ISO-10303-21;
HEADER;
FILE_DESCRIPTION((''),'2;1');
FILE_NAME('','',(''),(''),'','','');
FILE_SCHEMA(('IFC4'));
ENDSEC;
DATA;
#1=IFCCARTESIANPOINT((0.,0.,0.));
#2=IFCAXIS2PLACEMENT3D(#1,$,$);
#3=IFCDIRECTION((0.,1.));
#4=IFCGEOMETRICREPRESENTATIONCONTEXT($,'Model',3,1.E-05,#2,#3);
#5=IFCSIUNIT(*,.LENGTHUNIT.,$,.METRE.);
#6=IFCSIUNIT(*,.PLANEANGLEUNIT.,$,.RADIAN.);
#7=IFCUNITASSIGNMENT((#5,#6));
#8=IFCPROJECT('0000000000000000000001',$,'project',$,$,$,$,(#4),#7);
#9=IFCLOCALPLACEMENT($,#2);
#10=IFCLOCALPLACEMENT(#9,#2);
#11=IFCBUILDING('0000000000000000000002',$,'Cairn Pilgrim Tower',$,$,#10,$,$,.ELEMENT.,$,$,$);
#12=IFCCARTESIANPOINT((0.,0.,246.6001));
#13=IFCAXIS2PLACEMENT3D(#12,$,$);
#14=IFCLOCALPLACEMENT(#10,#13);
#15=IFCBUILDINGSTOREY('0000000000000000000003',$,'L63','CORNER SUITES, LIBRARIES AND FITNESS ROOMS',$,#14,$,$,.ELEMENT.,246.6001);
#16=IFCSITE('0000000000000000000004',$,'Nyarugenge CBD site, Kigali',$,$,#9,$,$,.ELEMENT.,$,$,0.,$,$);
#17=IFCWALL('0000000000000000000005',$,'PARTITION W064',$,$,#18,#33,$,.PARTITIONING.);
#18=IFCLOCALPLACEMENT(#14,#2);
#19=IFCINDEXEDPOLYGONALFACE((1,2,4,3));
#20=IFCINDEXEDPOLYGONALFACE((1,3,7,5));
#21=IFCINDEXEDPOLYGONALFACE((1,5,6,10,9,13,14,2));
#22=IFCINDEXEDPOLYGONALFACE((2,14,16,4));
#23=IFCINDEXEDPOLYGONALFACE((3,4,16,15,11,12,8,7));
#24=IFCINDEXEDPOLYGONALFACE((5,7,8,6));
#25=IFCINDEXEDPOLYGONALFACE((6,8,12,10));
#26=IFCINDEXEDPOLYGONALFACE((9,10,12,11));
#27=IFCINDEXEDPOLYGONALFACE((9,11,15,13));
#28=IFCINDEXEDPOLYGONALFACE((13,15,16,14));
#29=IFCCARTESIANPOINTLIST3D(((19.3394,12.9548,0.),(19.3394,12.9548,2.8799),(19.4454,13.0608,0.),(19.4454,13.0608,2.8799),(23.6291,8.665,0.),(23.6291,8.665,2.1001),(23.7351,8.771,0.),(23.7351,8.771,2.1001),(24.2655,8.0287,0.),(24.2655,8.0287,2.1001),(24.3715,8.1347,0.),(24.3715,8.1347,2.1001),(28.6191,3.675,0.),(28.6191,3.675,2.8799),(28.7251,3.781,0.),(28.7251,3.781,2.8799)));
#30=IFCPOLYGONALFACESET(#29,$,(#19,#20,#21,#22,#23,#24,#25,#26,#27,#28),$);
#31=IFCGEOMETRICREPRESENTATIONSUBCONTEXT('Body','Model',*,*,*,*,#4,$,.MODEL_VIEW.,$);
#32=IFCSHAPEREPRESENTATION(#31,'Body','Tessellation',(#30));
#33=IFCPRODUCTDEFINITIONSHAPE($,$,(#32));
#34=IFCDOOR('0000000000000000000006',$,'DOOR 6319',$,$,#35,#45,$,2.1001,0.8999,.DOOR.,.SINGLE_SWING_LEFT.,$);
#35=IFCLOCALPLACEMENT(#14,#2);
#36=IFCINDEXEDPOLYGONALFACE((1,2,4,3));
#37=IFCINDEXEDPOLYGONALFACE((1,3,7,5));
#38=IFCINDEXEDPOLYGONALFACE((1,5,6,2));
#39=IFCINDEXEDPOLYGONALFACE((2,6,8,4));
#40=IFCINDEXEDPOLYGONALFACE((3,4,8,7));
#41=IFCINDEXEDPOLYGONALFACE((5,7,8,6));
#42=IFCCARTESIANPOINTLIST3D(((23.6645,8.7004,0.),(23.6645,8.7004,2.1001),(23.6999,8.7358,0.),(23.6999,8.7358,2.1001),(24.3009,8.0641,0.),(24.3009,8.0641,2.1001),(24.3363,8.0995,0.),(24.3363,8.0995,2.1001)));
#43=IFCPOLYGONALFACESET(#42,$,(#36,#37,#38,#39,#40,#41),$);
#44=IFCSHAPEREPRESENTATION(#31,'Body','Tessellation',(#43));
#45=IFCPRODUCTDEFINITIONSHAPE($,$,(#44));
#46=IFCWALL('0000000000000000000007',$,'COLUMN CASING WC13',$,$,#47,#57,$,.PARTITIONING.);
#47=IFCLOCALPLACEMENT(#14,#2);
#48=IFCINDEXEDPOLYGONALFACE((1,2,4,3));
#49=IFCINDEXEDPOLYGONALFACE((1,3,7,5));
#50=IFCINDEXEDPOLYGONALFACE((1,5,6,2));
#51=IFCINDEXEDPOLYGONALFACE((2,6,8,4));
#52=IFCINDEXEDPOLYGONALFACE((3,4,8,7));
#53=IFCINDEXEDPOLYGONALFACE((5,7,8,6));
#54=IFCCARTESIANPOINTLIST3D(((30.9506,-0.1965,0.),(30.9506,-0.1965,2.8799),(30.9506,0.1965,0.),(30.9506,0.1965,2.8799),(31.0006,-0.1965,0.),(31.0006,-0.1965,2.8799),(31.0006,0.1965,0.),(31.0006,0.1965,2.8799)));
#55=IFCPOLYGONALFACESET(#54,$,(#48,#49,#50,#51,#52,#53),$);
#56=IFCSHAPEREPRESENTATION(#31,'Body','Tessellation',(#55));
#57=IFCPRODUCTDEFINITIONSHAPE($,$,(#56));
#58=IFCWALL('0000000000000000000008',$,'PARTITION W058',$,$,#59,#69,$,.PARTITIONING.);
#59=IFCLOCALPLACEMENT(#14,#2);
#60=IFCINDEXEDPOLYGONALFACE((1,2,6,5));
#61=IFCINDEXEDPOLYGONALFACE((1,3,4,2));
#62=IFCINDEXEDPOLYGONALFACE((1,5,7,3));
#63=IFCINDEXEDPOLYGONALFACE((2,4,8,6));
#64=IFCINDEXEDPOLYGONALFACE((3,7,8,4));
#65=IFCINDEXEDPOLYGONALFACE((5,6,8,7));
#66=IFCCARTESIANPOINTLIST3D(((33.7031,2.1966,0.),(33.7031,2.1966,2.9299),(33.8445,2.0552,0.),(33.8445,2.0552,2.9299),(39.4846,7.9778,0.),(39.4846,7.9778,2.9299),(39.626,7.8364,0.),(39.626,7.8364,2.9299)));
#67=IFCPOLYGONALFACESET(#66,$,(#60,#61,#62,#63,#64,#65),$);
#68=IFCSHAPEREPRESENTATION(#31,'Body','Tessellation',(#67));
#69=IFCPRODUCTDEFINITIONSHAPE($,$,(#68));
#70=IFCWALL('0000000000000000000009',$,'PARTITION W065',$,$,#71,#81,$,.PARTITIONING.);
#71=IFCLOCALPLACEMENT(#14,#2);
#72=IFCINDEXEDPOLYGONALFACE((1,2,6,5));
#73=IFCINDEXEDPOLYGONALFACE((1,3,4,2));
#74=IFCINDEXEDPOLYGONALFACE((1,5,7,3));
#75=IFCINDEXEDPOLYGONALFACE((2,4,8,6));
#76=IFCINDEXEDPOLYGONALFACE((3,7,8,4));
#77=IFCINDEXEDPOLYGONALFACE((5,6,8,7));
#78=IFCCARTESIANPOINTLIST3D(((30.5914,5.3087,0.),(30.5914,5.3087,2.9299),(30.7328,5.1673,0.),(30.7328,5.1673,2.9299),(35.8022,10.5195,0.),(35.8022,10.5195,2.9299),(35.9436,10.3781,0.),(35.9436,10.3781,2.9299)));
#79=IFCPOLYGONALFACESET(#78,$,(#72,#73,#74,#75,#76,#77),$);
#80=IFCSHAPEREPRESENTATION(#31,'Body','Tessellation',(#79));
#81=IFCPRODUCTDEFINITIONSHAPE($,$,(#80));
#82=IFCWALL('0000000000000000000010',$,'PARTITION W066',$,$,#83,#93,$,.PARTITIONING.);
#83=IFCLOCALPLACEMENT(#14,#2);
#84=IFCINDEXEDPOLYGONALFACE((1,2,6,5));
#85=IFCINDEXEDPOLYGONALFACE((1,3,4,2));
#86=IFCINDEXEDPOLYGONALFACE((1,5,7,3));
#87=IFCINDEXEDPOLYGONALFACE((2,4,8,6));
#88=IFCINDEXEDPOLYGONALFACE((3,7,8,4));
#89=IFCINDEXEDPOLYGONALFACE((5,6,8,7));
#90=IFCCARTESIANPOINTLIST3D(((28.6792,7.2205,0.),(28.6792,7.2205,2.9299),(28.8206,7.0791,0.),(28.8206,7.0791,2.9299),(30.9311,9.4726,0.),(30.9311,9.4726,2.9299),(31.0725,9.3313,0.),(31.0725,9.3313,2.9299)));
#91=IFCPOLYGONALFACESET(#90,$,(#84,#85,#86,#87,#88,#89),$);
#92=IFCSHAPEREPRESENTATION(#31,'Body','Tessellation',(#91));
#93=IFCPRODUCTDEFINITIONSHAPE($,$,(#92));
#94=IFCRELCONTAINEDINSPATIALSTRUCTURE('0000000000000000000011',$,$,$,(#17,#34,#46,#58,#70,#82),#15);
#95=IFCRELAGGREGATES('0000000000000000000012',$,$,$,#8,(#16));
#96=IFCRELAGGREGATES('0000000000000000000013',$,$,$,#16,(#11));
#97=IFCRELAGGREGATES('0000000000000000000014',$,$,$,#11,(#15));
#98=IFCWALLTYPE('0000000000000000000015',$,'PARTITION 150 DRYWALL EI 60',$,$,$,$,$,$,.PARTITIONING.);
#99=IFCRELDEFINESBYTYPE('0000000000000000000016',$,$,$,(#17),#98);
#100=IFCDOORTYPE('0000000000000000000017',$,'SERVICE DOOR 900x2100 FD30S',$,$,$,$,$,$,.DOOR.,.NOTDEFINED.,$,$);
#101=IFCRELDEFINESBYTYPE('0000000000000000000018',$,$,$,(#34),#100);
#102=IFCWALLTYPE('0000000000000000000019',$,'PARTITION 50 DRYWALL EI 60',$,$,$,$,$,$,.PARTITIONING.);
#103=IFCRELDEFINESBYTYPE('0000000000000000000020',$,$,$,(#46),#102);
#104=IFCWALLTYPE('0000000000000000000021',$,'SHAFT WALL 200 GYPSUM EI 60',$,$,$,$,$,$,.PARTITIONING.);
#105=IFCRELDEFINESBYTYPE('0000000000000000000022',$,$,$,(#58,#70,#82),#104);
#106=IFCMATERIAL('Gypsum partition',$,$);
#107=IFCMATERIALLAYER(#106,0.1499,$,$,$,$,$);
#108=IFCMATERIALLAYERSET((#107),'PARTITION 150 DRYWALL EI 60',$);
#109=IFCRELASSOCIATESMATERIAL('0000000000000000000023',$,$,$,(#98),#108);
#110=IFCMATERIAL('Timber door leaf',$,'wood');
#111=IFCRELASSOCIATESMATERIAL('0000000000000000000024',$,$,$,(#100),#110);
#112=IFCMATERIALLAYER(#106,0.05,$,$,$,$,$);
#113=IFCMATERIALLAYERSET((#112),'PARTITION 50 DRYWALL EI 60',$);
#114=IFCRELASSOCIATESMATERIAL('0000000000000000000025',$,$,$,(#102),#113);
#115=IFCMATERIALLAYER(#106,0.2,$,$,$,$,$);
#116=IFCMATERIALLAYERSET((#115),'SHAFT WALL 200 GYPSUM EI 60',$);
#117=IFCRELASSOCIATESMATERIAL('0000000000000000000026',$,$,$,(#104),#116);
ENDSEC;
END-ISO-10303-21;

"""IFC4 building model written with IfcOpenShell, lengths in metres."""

from ifc_helpers import new_model, si_unit, direction, frame, frame_2d, origin, place, context, subcontext, project, spatial, rectangle, extrude, material, layer, layer_set, type_object, element, fill, save


model = new_model("IFC4")

# Units and contexts
model_context = context("Model", 3, precision=1e-05, world=origin(), true_north=direction((0.0, 1.0)))
body_context = subcontext(model_context, "Body", "Model", "MODEL_VIEW")
ifc_project = project(units=[si_unit("LENGTHUNIT", "METRE"), si_unit("PLANEANGLEUNIT", "RADIAN")], contexts=[model_context])

# Site, building, storey
site_placement = place(None, origin())
site = spatial("IfcSite", under=ifc_project, at=site_placement, Name="Nyarugenge CBD site, Kigali", CompositionType="ELEMENT", RefElevation=0.0)
building_placement = place(site_placement, origin())
building = spatial("IfcBuilding", under=site, at=building_placement, Name="Cairn Pilgrim Tower", CompositionType="ELEMENT")
storey_placement = place(building_placement, frame((0.0, 0.0, 246.6001)))
storey = spatial("IfcBuildingStorey", under=building, at=storey_placement, Name="L63", Description="CORNER SUITES, LIBRARIES AND FITNESS ROOMS", CompositionType="ELEMENT", Elevation=246.6001)

# Shared definitions
ifc_material_1 = material(Name="Gypsum partition")
ifc_material_2 = material(Name="Timber door leaf", Category="wood")

# Shared definitions
ifc_layer_1 = layer(ifc_material_1, 0.1499)
ifc_layer_set_1 = layer_set([ifc_layer_1], Name="PARTITION 150 DRYWALL EI 60")
wall_type_1 = type_object("IfcWallType", Name="PARTITION 150 DRYWALL EI 60", PredefinedType="PARTITIONING", material=ifc_layer_set_1)

# Shared definitions
door_type_1 = type_object("IfcDoorType", Name="SERVICE DOOR 900x2100 FD30S", OperationType="NOTDEFINED", PredefinedType="DOOR", material=ifc_material_2)

# Wall, opening, door
wall_1_placement = place(storey_placement, frame((28.6721, 3.728, 0.0), z_axis=(0.0, 0.0, 1.0), x_axis=(-0.707107, 0.707107, 0.0)))
wall_1 = element("IfcWall", 1, at=wall_1_placement, inside=storey, type_object=wall_type_1, Name="PARTITION W064", PredefinedType="PARTITIONING", context=body_context, shape_type="SweptSolid", body=[
    extrude(rectangle(XDim=13.1235, YDim=0.1499, at=frame_2d((6.5618, 0.0))), origin(), (0.0, 0.0, 1.0), 2.8799),
])
opening_1_placement = place(wall_1_placement, frame((6.157, 0.0, 0.0)))
opening_1 = element("IfcOpeningElement", 2, at=opening_1_placement, cuts=wall_1, PredefinedType="OPENING", context=body_context, shape_type="SweptSolid", body=[
    extrude(rectangle(XDim=0.8999, YDim=2.1001, at=frame_2d((0.45, 1.05))), frame((0.0, 0.085, 0.0), z_axis=(0.0, -1.0, 0.0), x_axis=(1.0, 0.0, 0.0)), (0.0, 0.0, 1.0), 0.1699),
])
door_1_placement = place(opening_1_placement, origin())
door_1 = element("IfcDoor", 3, at=door_1_placement, inside=storey, type_object=door_type_1, Name="DOOR 6319", OperationType="SINGLE_SWING_LEFT", OverallHeight=2.1001, OverallWidth=0.8999, PredefinedType="DOOR", context=body_context, shape_type="SweptSolid", body=[
    extrude(rectangle(XDim=0.8999, YDim=2.1001, at=frame_2d((0.45, 1.05))), frame((0.0, 0.0249, 0.0), z_axis=(0.0, -1.0, 0.0), x_axis=(1.0, 0.0, 0.0)), (0.0, 0.0, 1.0), 0.05),
])
fill(opening_1, door_1)

# Walls
ifc_layer_2 = layer(ifc_material_1, 0.05)
ifc_layer_set_2 = layer_set([ifc_layer_2], Name="PARTITION 50 DRYWALL EI 60")
wall_type_2 = type_object("IfcWallType", Name="PARTITION 50 DRYWALL EI 60", PredefinedType="PARTITIONING", material=ifc_layer_set_2)
wall_2_placement = place(storey_placement, frame((30.9756, -0.1965, 0.0), z_axis=(0.0, 0.0, 1.0), x_axis=(0.0, 1.0, 0.0)))
element("IfcWall", 4, at=wall_2_placement, inside=storey, type_object=wall_type_2, Name="COLUMN CASING WC13", PredefinedType="PARTITIONING", context=body_context, shape_type="SweptSolid", body=[
    extrude(rectangle(XDim=0.3931, YDim=0.05, at=frame_2d((0.1965, 0.0))), origin(), (0.0, 0.0, 1.0), 2.8799),
])
ifc_layer_3 = layer(ifc_material_1, 0.2)
ifc_layer_set_3 = layer_set([ifc_layer_3], Name="SHAFT WALL 200 GYPSUM EI 60")
wall_type_3 = type_object("IfcWallType", Name="SHAFT WALL 200 GYPSUM EI 60", PredefinedType="PARTITIONING", material=ifc_layer_set_3)
wall_3_placement = place(storey_placement, frame((33.7739, 2.126, 0.0), z_axis=(0.0, 0.0, 1.0), x_axis=(0.707122, 0.707092, 0.0)))
element("IfcWall", 5, at=wall_3_placement, inside=storey, type_object=wall_type_3, Name="PARTITION W058", PredefinedType="PARTITIONING", context=body_context, shape_type="SweptSolid", body=[
    extrude(rectangle(XDim=8.176, YDim=0.2, at=frame_2d((4.0879, 0.0))), origin(), (0.0, 0.0, 1.0), 2.9299),
])
wall_4_placement = place(storey_placement, frame((30.6621, 5.238, 0.0), z_axis=(0.0, 0.0, 1.0), x_axis=(0.707107, 0.707107, 0.0)))
element("IfcWall", 6, at=wall_4_placement, inside=storey, type_object=wall_type_3, Name="PARTITION W065", PredefinedType="PARTITIONING", context=body_context, shape_type="SweptSolid", body=[
    extrude(rectangle(XDim=7.3691, YDim=0.2, at=frame_2d((3.6846, 0.0))), origin(), (0.0, 0.0, 1.0), 2.9299),
])
wall_5_placement = place(storey_placement, frame((28.75, 7.1499, 0.0), z_axis=(0.0, 0.0, 1.0), x_axis=(0.707068, 0.707145, 0.0)))
element("IfcWall", 7, at=wall_5_placement, inside=storey, type_object=wall_type_3, Name="PARTITION W066", PredefinedType="PARTITIONING", context=body_context, shape_type="SweptSolid", body=[
    extrude(rectangle(XDim=3.1848, YDim=0.2, at=frame_2d((1.5923, 0.0))), origin(), (0.0, 0.0, 1.0), 2.9299),
])

save(model, "model.ifc")
